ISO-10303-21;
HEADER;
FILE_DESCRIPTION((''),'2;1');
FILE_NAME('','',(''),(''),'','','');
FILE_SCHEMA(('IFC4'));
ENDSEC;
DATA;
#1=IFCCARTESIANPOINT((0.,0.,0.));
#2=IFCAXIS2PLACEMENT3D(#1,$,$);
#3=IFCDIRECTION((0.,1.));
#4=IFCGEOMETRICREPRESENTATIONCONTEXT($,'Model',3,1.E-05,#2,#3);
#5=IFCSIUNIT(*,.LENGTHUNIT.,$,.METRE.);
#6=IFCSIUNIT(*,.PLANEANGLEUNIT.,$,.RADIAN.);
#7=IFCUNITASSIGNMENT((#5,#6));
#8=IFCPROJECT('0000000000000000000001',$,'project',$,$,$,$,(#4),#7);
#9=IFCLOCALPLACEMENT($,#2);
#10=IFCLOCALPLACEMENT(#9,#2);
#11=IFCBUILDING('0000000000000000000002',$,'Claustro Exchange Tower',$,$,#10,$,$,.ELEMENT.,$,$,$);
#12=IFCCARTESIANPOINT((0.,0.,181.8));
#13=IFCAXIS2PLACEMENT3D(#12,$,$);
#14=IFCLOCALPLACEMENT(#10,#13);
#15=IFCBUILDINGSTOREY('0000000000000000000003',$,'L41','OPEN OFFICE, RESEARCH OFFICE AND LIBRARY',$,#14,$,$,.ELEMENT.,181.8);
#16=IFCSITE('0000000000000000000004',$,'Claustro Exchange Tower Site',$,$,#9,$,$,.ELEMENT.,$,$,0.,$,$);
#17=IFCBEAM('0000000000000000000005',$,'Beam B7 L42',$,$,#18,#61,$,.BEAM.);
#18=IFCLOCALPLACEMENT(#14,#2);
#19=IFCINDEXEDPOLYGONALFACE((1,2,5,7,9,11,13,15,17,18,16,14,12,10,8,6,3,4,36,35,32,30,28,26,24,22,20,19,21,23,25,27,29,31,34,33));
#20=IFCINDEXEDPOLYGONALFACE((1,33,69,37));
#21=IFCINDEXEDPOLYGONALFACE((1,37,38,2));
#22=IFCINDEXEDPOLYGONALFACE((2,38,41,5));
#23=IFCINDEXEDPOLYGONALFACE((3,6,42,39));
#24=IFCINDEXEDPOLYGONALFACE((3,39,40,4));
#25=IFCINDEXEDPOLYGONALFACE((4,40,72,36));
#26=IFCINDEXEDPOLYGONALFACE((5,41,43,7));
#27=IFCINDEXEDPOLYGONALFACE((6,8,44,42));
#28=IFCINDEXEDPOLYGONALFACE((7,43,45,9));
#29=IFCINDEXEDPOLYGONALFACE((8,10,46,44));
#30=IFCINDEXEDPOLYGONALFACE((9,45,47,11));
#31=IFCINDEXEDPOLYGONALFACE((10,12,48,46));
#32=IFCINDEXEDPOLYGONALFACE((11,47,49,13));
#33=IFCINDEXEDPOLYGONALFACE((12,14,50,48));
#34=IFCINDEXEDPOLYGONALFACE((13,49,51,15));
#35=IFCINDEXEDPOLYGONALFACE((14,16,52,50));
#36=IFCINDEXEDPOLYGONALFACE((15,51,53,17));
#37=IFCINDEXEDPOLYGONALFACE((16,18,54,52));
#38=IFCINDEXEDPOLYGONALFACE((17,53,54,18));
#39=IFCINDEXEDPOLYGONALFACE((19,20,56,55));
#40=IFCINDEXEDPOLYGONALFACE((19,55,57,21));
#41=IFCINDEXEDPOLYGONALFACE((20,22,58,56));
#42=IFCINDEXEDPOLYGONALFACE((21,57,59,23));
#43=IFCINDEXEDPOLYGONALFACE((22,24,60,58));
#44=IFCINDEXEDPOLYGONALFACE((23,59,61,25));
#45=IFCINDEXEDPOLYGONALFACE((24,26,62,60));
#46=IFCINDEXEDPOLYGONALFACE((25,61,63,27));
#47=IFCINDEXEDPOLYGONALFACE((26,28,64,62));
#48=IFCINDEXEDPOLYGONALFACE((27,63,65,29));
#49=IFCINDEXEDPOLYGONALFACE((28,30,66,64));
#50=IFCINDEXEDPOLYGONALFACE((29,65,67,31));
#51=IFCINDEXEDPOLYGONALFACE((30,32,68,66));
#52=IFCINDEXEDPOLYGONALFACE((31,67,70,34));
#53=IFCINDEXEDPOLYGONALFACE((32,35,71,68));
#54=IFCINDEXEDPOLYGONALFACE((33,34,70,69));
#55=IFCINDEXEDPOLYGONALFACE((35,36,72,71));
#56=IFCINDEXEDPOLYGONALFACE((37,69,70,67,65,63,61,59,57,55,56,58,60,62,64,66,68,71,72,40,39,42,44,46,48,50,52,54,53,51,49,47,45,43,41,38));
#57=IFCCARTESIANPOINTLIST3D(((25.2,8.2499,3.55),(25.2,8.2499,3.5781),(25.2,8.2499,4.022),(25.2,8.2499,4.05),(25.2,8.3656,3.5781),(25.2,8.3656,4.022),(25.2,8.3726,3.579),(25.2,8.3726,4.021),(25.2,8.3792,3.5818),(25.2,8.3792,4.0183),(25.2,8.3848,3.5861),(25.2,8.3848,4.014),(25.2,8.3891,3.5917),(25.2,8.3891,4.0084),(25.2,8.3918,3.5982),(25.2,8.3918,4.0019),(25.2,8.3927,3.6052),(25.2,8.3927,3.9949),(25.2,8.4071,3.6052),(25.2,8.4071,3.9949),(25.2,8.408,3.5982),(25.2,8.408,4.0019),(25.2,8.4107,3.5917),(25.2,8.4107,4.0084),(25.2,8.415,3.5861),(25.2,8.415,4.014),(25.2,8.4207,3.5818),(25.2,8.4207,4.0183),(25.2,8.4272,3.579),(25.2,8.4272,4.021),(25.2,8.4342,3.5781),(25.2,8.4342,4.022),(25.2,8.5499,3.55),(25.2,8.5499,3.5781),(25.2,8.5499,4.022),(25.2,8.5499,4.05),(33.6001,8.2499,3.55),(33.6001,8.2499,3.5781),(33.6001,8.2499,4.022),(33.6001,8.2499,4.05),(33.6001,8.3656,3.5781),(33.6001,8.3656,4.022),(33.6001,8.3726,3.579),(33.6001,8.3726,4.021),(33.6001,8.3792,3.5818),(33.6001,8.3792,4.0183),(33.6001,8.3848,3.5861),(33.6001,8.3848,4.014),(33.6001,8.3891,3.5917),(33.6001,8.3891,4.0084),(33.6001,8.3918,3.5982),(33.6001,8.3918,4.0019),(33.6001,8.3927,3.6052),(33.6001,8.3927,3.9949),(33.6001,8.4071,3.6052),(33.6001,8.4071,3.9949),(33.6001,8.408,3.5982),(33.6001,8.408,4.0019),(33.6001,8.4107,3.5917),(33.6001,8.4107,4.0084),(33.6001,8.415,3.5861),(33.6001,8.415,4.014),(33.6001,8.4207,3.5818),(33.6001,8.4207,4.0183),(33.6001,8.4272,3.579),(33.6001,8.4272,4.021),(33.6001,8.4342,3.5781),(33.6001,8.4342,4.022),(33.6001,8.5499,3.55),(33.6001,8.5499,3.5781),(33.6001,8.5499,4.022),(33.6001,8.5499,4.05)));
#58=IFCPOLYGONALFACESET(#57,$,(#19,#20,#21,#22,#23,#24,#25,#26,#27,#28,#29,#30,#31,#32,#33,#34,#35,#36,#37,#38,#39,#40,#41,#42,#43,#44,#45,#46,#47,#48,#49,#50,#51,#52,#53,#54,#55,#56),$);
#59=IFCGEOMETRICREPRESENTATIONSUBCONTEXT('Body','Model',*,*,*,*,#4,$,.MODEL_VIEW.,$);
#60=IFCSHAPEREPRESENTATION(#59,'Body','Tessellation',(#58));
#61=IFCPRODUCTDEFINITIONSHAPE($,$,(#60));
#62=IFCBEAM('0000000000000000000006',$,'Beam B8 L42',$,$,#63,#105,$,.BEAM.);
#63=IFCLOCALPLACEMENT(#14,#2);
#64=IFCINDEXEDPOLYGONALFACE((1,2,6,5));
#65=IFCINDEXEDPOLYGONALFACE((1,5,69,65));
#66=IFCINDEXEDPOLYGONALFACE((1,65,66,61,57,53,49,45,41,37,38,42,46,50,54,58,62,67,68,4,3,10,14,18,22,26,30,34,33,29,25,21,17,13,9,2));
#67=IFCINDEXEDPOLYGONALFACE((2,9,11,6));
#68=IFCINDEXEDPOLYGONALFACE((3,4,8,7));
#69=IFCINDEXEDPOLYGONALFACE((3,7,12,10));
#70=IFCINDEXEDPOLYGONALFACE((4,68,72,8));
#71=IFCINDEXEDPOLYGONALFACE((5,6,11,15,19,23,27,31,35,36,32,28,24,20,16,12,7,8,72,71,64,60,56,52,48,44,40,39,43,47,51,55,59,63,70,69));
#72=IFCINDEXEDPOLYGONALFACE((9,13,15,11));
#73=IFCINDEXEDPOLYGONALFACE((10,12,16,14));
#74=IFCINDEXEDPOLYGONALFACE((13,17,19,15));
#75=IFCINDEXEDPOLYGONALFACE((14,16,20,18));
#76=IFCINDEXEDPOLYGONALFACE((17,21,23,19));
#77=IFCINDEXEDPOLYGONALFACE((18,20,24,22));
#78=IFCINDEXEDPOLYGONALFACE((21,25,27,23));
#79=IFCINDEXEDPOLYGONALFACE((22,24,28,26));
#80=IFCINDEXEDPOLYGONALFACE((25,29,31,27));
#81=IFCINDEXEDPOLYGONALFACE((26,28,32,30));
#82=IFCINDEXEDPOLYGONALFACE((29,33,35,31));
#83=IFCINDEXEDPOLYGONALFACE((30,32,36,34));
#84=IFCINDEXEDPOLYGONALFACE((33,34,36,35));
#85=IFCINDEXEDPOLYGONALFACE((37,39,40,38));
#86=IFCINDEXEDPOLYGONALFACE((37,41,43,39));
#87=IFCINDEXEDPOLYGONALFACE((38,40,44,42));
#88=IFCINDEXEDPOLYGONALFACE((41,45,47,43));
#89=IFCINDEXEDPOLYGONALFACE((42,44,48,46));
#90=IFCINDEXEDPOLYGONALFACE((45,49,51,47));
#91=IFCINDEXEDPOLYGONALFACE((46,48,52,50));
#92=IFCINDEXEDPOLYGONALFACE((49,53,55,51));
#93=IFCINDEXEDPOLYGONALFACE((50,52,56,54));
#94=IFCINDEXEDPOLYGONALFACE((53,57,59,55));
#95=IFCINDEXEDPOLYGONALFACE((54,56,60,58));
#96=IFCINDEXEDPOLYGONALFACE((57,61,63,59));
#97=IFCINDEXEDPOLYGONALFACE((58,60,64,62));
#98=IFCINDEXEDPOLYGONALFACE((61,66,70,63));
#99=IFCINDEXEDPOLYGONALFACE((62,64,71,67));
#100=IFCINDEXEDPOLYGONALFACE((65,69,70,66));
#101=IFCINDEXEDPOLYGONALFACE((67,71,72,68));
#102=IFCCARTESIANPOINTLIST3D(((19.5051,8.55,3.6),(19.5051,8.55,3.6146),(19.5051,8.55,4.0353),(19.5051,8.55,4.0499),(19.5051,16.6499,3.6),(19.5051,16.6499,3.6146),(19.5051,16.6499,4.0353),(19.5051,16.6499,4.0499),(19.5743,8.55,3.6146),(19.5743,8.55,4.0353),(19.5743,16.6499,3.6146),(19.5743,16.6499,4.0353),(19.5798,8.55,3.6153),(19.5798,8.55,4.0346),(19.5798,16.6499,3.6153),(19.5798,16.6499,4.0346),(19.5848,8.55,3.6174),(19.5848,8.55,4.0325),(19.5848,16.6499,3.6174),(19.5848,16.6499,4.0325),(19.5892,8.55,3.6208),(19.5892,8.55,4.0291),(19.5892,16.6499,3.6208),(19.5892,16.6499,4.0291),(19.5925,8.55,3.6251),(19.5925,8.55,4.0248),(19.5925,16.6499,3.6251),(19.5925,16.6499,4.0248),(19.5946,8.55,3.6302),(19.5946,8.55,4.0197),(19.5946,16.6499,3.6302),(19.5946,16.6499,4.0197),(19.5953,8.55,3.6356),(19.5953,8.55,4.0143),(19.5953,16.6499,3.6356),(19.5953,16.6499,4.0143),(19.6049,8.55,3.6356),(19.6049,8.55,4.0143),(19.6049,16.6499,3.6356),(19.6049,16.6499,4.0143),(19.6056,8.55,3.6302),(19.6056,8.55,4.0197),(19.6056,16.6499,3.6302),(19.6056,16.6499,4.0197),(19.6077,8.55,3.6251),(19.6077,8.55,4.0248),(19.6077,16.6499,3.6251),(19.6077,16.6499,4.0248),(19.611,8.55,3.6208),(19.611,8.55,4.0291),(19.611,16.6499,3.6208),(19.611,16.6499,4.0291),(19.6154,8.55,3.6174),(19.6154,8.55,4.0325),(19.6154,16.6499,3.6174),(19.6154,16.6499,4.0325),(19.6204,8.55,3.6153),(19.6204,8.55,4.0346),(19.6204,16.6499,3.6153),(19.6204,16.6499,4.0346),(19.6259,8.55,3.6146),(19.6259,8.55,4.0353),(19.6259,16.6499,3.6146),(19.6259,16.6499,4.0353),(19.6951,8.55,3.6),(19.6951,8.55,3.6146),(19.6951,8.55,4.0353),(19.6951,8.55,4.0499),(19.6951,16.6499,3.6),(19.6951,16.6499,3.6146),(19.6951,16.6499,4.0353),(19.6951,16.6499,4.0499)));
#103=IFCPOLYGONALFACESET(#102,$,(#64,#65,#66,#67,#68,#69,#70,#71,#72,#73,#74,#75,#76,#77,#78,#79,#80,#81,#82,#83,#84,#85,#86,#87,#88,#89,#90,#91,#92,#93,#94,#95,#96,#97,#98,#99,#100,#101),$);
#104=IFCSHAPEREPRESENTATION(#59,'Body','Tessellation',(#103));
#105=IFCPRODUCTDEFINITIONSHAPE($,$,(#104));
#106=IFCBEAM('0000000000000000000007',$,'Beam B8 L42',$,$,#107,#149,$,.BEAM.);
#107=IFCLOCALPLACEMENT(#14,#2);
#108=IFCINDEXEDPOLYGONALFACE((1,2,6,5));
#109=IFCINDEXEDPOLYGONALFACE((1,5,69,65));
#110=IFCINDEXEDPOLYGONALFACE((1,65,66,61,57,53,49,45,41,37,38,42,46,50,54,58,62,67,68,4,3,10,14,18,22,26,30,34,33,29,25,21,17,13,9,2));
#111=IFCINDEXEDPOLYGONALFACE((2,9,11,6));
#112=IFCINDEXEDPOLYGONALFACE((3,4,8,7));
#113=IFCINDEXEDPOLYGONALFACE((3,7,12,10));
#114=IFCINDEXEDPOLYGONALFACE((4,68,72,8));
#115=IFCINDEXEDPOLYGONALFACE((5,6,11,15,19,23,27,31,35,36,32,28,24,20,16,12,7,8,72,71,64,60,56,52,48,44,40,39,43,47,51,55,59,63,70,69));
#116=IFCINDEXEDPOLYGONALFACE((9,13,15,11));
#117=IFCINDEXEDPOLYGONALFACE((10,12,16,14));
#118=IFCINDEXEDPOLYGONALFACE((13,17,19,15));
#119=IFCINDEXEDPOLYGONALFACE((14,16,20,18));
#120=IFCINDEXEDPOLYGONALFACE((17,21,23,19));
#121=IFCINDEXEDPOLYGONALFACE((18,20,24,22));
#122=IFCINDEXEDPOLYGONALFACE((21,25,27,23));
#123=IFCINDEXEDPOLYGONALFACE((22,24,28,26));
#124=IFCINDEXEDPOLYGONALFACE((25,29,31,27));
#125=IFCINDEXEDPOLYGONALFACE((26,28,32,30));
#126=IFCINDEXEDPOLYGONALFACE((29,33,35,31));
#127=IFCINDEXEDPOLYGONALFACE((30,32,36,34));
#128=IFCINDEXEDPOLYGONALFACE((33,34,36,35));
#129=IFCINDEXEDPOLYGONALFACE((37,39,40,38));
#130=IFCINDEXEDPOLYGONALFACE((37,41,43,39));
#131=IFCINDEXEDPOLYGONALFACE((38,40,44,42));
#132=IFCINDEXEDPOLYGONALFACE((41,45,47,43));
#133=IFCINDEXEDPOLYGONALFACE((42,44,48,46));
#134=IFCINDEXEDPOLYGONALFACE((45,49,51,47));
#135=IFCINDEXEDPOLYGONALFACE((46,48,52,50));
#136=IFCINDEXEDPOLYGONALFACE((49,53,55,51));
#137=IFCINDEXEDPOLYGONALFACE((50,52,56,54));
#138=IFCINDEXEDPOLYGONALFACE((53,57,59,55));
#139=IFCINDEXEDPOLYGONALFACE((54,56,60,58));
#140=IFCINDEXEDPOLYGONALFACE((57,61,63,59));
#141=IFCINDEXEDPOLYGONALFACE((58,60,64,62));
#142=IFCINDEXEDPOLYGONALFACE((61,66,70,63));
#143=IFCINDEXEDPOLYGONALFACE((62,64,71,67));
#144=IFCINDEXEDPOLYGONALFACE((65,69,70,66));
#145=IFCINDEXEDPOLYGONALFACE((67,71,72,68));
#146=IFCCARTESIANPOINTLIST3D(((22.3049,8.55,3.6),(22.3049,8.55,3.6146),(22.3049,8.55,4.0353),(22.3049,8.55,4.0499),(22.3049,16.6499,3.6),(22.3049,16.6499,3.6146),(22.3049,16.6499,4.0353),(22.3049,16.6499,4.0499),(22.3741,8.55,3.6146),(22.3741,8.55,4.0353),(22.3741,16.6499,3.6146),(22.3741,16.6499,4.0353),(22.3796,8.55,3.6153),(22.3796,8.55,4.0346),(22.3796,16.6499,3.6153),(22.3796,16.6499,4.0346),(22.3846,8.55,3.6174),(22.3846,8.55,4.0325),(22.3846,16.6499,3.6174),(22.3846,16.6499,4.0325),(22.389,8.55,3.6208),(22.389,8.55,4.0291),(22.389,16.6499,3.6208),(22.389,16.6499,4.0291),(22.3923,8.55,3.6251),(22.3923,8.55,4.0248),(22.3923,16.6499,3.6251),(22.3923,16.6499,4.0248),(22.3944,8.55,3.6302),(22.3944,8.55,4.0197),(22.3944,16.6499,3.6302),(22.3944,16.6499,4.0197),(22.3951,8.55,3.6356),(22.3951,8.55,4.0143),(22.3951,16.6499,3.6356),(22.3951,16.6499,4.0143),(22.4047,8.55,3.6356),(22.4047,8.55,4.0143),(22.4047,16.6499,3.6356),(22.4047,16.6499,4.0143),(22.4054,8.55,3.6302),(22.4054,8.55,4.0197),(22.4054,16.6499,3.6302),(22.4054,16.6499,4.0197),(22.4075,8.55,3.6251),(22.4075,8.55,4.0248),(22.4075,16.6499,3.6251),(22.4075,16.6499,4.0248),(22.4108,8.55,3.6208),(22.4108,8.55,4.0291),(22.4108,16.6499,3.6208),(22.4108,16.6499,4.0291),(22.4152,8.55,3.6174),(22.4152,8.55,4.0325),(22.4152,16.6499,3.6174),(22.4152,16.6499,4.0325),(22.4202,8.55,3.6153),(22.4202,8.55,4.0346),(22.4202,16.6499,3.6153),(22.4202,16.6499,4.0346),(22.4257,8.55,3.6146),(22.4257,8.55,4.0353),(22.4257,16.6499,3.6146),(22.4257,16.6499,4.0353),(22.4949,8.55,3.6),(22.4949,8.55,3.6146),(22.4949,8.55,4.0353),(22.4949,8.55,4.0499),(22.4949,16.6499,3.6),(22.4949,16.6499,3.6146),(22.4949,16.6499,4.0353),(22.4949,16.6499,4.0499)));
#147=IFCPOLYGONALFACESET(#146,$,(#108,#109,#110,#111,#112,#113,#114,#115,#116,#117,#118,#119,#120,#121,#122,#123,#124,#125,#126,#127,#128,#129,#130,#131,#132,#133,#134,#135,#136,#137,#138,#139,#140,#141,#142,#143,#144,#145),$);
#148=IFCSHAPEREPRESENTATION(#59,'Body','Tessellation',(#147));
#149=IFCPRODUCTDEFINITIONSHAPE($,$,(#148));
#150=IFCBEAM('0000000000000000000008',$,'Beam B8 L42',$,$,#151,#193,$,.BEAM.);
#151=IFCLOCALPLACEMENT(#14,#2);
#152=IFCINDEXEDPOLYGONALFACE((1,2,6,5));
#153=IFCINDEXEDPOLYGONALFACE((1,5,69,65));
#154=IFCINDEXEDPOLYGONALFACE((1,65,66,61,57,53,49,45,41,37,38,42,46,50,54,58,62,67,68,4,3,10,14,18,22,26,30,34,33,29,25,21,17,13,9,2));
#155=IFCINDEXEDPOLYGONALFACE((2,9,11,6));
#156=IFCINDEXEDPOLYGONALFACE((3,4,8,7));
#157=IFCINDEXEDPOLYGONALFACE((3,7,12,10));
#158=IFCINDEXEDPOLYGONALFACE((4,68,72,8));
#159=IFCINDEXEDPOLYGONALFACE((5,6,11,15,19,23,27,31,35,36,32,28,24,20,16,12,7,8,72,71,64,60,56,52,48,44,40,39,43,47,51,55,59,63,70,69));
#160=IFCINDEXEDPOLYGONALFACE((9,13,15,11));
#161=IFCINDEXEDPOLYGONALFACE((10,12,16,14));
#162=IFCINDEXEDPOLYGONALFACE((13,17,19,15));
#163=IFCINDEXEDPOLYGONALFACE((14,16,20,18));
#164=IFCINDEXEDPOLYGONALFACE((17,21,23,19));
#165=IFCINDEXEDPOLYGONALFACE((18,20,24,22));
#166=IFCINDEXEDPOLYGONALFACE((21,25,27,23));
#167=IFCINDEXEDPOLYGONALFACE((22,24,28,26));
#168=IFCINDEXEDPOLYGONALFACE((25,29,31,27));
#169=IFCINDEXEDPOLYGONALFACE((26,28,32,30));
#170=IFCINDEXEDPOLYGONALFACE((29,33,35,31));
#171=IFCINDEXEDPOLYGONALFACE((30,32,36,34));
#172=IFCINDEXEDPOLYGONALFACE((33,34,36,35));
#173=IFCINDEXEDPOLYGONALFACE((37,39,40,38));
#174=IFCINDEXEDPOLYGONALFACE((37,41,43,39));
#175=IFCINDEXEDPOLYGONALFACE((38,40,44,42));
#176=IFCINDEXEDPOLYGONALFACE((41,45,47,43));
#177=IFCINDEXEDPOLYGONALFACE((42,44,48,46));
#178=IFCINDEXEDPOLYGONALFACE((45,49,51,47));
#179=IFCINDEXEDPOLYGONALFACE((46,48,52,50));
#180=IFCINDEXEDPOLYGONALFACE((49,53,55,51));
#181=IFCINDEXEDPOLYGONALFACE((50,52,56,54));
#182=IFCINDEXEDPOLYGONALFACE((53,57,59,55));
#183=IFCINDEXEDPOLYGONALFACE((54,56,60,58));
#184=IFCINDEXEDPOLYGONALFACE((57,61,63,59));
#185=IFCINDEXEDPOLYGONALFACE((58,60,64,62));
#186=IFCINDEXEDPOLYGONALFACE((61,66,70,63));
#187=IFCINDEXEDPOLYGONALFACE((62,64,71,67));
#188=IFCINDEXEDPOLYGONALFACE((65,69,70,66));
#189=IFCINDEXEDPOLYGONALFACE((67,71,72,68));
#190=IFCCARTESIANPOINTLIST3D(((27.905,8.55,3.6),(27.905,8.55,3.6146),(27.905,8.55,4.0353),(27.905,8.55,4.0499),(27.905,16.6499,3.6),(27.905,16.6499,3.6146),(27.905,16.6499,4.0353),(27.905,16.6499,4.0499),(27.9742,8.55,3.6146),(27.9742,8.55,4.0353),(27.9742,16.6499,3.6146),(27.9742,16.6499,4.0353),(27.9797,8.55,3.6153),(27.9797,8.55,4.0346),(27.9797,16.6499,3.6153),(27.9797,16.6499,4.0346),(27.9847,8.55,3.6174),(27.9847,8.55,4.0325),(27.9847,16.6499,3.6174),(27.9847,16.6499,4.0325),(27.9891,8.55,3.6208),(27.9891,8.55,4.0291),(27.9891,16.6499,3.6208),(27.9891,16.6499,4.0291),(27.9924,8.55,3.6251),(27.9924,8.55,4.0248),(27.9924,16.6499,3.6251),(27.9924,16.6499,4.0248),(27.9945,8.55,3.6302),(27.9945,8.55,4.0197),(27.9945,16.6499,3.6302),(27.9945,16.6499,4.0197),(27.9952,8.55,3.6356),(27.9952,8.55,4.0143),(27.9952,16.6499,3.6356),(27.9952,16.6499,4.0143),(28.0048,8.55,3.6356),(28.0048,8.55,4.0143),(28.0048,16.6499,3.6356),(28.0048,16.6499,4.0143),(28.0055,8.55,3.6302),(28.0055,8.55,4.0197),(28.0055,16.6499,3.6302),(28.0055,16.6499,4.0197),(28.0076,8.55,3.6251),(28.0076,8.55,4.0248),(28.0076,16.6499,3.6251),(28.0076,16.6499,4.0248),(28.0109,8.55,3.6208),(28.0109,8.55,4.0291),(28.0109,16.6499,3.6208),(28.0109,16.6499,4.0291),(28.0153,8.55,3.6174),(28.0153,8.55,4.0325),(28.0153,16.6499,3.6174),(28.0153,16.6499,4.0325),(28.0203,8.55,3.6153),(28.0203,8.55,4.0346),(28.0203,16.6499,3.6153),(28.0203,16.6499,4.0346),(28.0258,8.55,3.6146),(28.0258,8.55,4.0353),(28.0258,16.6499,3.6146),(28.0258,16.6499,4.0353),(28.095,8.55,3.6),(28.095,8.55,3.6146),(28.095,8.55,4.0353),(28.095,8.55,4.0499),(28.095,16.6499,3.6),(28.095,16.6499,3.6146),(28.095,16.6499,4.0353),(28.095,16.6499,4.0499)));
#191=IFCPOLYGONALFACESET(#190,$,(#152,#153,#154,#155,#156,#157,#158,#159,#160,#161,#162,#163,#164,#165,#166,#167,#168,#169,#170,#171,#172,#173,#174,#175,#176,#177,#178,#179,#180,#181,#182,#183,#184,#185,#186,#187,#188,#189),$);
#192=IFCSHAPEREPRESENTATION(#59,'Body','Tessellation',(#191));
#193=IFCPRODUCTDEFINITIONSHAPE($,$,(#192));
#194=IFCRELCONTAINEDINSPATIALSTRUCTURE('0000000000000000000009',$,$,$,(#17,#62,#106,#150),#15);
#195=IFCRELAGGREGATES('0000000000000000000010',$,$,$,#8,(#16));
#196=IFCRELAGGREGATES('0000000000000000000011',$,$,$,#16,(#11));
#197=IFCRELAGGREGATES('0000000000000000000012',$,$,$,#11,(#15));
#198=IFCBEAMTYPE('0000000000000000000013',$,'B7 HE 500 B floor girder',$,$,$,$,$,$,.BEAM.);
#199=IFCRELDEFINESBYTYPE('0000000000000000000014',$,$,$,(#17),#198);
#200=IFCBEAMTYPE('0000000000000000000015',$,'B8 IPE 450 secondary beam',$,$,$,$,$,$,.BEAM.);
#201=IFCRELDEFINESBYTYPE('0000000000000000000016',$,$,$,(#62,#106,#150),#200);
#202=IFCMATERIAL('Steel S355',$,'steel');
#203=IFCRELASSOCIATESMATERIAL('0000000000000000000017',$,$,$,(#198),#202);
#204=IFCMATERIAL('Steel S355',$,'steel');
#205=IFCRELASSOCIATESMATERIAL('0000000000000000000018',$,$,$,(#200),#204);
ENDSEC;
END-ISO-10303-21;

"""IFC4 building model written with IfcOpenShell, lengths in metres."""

from ifc_helpers import new_model, si_unit, direction, frame, origin, origin_2d, place, context, subcontext, project, spatial, i_section, extrude, material, material_profile, profile_set, type_object, element, save


model = new_model("IFC4")

# Units and contexts
model_context = context("Model", 3, precision=1e-05, world=origin(), true_north=direction((0.0, 1.0)))
body_context = subcontext(model_context, "Body", "Model", "MODEL_VIEW")
ifc_project = project(units=[si_unit("LENGTHUNIT", "METRE"), si_unit("PLANEANGLEUNIT", "RADIAN")], contexts=[model_context])

# Site, building, storey
site_placement = place(None, origin())
site = spatial("IfcSite", under=ifc_project, at=site_placement, Name="Claustro Exchange Tower Site", CompositionType="ELEMENT", RefElevation=0.0)
building_placement = place(site_placement, origin())
building = spatial("IfcBuilding", under=site, at=building_placement, Name="Claustro Exchange Tower", CompositionType="ELEMENT")
storey_placement = place(building_placement, frame((0.0, 0.0, 181.8)))
storey = spatial("IfcBuildingStorey", under=building, at=storey_placement, Name="L41", Description="OPEN OFFICE, RESEARCH OFFICE AND LIBRARY", CompositionType="ELEMENT", Elevation=181.8)

# Beams
ifc_material_1 = material(Name="Steel S355", Category="steel")
ifc_material_profile_1 = material_profile(ifc_material_1, i_section(OverallWidth=0.3, OverallDepth=0.5, WebThickness=0.0144, FlangeThickness=0.0281, FilletRadius=0.0271, at=origin_2d()), Name="HE 500 B")
ifc_profile_set_1 = profile_set([ifc_material_profile_1], Name="Steel S355")
beam_type_1 = type_object("IfcBeamType", Name="B7 HE 500 B floor girder", PredefinedType="BEAM", material=ifc_profile_set_1)
for number, where, z_axis, x_axis, name in (
    (1, (25.2, 8.3999, 3.8), (1.0, 0.0, 0.0), (0.0, 1.0, 0.0), "Beam B7 L42"),
):
    element("IfcBeam", number, at=place(storey_placement, frame(where, z_axis=z_axis, x_axis=x_axis)), inside=storey, type_object=beam_type_1, Name=name, PredefinedType="BEAM", context=body_context, shape_type="SweptSolid", body=[
        extrude(i_section(OverallWidth=0.3, OverallDepth=0.5, WebThickness=0.0144, FlangeThickness=0.0281, FilletRadius=0.0271, at=origin_2d()), origin(), (0.0, 0.0, 1.0), 8.4001),
    ])
ifc_material_2 = material(Name="Steel S355", Category="steel")
ifc_material_profile_2 = material_profile(ifc_material_2, i_section(OverallWidth=0.1899, OverallDepth=0.45, WebThickness=0.0095, FlangeThickness=0.0146, FilletRadius=0.021, at=origin_2d()), Name="IPE 450")
ifc_profile_set_2 = profile_set([ifc_material_profile_2], Name="Steel S355")
beam_type_2 = type_object("IfcBeamType", Name="B8 IPE 450 secondary beam", PredefinedType="BEAM", material=ifc_profile_set_2)
for number, where, z_axis, x_axis, name in (
    (2, (19.6001, 8.55, 3.825), (0.0, 1.0, 0.0), (-1.0, 0.0, 0.0), "Beam B8 L42"),
    (3, (22.3999, 8.55, 3.825), (0.0, 1.0, 0.0), (-1.0, 0.0, 0.0), "Beam B8 L42"),
    (4, (28.0, 8.55, 3.825), (0.0, 1.0, 0.0), (-1.0, 0.0, 0.0), "Beam B8 L42"),
):
    element("IfcBeam", number, at=place(storey_placement, frame(where, z_axis=z_axis, x_axis=x_axis)), inside=storey, type_object=beam_type_2, Name=name, PredefinedType="BEAM", context=body_context, shape_type="SweptSolid", body=[
        extrude(i_section(OverallWidth=0.1899, OverallDepth=0.45, WebThickness=0.0095, FlangeThickness=0.0146, FilletRadius=0.021, at=origin_2d()), origin(), (0.0, 0.0, 1.0), 8.0999),
    ])

save(model, "model.ifc")
